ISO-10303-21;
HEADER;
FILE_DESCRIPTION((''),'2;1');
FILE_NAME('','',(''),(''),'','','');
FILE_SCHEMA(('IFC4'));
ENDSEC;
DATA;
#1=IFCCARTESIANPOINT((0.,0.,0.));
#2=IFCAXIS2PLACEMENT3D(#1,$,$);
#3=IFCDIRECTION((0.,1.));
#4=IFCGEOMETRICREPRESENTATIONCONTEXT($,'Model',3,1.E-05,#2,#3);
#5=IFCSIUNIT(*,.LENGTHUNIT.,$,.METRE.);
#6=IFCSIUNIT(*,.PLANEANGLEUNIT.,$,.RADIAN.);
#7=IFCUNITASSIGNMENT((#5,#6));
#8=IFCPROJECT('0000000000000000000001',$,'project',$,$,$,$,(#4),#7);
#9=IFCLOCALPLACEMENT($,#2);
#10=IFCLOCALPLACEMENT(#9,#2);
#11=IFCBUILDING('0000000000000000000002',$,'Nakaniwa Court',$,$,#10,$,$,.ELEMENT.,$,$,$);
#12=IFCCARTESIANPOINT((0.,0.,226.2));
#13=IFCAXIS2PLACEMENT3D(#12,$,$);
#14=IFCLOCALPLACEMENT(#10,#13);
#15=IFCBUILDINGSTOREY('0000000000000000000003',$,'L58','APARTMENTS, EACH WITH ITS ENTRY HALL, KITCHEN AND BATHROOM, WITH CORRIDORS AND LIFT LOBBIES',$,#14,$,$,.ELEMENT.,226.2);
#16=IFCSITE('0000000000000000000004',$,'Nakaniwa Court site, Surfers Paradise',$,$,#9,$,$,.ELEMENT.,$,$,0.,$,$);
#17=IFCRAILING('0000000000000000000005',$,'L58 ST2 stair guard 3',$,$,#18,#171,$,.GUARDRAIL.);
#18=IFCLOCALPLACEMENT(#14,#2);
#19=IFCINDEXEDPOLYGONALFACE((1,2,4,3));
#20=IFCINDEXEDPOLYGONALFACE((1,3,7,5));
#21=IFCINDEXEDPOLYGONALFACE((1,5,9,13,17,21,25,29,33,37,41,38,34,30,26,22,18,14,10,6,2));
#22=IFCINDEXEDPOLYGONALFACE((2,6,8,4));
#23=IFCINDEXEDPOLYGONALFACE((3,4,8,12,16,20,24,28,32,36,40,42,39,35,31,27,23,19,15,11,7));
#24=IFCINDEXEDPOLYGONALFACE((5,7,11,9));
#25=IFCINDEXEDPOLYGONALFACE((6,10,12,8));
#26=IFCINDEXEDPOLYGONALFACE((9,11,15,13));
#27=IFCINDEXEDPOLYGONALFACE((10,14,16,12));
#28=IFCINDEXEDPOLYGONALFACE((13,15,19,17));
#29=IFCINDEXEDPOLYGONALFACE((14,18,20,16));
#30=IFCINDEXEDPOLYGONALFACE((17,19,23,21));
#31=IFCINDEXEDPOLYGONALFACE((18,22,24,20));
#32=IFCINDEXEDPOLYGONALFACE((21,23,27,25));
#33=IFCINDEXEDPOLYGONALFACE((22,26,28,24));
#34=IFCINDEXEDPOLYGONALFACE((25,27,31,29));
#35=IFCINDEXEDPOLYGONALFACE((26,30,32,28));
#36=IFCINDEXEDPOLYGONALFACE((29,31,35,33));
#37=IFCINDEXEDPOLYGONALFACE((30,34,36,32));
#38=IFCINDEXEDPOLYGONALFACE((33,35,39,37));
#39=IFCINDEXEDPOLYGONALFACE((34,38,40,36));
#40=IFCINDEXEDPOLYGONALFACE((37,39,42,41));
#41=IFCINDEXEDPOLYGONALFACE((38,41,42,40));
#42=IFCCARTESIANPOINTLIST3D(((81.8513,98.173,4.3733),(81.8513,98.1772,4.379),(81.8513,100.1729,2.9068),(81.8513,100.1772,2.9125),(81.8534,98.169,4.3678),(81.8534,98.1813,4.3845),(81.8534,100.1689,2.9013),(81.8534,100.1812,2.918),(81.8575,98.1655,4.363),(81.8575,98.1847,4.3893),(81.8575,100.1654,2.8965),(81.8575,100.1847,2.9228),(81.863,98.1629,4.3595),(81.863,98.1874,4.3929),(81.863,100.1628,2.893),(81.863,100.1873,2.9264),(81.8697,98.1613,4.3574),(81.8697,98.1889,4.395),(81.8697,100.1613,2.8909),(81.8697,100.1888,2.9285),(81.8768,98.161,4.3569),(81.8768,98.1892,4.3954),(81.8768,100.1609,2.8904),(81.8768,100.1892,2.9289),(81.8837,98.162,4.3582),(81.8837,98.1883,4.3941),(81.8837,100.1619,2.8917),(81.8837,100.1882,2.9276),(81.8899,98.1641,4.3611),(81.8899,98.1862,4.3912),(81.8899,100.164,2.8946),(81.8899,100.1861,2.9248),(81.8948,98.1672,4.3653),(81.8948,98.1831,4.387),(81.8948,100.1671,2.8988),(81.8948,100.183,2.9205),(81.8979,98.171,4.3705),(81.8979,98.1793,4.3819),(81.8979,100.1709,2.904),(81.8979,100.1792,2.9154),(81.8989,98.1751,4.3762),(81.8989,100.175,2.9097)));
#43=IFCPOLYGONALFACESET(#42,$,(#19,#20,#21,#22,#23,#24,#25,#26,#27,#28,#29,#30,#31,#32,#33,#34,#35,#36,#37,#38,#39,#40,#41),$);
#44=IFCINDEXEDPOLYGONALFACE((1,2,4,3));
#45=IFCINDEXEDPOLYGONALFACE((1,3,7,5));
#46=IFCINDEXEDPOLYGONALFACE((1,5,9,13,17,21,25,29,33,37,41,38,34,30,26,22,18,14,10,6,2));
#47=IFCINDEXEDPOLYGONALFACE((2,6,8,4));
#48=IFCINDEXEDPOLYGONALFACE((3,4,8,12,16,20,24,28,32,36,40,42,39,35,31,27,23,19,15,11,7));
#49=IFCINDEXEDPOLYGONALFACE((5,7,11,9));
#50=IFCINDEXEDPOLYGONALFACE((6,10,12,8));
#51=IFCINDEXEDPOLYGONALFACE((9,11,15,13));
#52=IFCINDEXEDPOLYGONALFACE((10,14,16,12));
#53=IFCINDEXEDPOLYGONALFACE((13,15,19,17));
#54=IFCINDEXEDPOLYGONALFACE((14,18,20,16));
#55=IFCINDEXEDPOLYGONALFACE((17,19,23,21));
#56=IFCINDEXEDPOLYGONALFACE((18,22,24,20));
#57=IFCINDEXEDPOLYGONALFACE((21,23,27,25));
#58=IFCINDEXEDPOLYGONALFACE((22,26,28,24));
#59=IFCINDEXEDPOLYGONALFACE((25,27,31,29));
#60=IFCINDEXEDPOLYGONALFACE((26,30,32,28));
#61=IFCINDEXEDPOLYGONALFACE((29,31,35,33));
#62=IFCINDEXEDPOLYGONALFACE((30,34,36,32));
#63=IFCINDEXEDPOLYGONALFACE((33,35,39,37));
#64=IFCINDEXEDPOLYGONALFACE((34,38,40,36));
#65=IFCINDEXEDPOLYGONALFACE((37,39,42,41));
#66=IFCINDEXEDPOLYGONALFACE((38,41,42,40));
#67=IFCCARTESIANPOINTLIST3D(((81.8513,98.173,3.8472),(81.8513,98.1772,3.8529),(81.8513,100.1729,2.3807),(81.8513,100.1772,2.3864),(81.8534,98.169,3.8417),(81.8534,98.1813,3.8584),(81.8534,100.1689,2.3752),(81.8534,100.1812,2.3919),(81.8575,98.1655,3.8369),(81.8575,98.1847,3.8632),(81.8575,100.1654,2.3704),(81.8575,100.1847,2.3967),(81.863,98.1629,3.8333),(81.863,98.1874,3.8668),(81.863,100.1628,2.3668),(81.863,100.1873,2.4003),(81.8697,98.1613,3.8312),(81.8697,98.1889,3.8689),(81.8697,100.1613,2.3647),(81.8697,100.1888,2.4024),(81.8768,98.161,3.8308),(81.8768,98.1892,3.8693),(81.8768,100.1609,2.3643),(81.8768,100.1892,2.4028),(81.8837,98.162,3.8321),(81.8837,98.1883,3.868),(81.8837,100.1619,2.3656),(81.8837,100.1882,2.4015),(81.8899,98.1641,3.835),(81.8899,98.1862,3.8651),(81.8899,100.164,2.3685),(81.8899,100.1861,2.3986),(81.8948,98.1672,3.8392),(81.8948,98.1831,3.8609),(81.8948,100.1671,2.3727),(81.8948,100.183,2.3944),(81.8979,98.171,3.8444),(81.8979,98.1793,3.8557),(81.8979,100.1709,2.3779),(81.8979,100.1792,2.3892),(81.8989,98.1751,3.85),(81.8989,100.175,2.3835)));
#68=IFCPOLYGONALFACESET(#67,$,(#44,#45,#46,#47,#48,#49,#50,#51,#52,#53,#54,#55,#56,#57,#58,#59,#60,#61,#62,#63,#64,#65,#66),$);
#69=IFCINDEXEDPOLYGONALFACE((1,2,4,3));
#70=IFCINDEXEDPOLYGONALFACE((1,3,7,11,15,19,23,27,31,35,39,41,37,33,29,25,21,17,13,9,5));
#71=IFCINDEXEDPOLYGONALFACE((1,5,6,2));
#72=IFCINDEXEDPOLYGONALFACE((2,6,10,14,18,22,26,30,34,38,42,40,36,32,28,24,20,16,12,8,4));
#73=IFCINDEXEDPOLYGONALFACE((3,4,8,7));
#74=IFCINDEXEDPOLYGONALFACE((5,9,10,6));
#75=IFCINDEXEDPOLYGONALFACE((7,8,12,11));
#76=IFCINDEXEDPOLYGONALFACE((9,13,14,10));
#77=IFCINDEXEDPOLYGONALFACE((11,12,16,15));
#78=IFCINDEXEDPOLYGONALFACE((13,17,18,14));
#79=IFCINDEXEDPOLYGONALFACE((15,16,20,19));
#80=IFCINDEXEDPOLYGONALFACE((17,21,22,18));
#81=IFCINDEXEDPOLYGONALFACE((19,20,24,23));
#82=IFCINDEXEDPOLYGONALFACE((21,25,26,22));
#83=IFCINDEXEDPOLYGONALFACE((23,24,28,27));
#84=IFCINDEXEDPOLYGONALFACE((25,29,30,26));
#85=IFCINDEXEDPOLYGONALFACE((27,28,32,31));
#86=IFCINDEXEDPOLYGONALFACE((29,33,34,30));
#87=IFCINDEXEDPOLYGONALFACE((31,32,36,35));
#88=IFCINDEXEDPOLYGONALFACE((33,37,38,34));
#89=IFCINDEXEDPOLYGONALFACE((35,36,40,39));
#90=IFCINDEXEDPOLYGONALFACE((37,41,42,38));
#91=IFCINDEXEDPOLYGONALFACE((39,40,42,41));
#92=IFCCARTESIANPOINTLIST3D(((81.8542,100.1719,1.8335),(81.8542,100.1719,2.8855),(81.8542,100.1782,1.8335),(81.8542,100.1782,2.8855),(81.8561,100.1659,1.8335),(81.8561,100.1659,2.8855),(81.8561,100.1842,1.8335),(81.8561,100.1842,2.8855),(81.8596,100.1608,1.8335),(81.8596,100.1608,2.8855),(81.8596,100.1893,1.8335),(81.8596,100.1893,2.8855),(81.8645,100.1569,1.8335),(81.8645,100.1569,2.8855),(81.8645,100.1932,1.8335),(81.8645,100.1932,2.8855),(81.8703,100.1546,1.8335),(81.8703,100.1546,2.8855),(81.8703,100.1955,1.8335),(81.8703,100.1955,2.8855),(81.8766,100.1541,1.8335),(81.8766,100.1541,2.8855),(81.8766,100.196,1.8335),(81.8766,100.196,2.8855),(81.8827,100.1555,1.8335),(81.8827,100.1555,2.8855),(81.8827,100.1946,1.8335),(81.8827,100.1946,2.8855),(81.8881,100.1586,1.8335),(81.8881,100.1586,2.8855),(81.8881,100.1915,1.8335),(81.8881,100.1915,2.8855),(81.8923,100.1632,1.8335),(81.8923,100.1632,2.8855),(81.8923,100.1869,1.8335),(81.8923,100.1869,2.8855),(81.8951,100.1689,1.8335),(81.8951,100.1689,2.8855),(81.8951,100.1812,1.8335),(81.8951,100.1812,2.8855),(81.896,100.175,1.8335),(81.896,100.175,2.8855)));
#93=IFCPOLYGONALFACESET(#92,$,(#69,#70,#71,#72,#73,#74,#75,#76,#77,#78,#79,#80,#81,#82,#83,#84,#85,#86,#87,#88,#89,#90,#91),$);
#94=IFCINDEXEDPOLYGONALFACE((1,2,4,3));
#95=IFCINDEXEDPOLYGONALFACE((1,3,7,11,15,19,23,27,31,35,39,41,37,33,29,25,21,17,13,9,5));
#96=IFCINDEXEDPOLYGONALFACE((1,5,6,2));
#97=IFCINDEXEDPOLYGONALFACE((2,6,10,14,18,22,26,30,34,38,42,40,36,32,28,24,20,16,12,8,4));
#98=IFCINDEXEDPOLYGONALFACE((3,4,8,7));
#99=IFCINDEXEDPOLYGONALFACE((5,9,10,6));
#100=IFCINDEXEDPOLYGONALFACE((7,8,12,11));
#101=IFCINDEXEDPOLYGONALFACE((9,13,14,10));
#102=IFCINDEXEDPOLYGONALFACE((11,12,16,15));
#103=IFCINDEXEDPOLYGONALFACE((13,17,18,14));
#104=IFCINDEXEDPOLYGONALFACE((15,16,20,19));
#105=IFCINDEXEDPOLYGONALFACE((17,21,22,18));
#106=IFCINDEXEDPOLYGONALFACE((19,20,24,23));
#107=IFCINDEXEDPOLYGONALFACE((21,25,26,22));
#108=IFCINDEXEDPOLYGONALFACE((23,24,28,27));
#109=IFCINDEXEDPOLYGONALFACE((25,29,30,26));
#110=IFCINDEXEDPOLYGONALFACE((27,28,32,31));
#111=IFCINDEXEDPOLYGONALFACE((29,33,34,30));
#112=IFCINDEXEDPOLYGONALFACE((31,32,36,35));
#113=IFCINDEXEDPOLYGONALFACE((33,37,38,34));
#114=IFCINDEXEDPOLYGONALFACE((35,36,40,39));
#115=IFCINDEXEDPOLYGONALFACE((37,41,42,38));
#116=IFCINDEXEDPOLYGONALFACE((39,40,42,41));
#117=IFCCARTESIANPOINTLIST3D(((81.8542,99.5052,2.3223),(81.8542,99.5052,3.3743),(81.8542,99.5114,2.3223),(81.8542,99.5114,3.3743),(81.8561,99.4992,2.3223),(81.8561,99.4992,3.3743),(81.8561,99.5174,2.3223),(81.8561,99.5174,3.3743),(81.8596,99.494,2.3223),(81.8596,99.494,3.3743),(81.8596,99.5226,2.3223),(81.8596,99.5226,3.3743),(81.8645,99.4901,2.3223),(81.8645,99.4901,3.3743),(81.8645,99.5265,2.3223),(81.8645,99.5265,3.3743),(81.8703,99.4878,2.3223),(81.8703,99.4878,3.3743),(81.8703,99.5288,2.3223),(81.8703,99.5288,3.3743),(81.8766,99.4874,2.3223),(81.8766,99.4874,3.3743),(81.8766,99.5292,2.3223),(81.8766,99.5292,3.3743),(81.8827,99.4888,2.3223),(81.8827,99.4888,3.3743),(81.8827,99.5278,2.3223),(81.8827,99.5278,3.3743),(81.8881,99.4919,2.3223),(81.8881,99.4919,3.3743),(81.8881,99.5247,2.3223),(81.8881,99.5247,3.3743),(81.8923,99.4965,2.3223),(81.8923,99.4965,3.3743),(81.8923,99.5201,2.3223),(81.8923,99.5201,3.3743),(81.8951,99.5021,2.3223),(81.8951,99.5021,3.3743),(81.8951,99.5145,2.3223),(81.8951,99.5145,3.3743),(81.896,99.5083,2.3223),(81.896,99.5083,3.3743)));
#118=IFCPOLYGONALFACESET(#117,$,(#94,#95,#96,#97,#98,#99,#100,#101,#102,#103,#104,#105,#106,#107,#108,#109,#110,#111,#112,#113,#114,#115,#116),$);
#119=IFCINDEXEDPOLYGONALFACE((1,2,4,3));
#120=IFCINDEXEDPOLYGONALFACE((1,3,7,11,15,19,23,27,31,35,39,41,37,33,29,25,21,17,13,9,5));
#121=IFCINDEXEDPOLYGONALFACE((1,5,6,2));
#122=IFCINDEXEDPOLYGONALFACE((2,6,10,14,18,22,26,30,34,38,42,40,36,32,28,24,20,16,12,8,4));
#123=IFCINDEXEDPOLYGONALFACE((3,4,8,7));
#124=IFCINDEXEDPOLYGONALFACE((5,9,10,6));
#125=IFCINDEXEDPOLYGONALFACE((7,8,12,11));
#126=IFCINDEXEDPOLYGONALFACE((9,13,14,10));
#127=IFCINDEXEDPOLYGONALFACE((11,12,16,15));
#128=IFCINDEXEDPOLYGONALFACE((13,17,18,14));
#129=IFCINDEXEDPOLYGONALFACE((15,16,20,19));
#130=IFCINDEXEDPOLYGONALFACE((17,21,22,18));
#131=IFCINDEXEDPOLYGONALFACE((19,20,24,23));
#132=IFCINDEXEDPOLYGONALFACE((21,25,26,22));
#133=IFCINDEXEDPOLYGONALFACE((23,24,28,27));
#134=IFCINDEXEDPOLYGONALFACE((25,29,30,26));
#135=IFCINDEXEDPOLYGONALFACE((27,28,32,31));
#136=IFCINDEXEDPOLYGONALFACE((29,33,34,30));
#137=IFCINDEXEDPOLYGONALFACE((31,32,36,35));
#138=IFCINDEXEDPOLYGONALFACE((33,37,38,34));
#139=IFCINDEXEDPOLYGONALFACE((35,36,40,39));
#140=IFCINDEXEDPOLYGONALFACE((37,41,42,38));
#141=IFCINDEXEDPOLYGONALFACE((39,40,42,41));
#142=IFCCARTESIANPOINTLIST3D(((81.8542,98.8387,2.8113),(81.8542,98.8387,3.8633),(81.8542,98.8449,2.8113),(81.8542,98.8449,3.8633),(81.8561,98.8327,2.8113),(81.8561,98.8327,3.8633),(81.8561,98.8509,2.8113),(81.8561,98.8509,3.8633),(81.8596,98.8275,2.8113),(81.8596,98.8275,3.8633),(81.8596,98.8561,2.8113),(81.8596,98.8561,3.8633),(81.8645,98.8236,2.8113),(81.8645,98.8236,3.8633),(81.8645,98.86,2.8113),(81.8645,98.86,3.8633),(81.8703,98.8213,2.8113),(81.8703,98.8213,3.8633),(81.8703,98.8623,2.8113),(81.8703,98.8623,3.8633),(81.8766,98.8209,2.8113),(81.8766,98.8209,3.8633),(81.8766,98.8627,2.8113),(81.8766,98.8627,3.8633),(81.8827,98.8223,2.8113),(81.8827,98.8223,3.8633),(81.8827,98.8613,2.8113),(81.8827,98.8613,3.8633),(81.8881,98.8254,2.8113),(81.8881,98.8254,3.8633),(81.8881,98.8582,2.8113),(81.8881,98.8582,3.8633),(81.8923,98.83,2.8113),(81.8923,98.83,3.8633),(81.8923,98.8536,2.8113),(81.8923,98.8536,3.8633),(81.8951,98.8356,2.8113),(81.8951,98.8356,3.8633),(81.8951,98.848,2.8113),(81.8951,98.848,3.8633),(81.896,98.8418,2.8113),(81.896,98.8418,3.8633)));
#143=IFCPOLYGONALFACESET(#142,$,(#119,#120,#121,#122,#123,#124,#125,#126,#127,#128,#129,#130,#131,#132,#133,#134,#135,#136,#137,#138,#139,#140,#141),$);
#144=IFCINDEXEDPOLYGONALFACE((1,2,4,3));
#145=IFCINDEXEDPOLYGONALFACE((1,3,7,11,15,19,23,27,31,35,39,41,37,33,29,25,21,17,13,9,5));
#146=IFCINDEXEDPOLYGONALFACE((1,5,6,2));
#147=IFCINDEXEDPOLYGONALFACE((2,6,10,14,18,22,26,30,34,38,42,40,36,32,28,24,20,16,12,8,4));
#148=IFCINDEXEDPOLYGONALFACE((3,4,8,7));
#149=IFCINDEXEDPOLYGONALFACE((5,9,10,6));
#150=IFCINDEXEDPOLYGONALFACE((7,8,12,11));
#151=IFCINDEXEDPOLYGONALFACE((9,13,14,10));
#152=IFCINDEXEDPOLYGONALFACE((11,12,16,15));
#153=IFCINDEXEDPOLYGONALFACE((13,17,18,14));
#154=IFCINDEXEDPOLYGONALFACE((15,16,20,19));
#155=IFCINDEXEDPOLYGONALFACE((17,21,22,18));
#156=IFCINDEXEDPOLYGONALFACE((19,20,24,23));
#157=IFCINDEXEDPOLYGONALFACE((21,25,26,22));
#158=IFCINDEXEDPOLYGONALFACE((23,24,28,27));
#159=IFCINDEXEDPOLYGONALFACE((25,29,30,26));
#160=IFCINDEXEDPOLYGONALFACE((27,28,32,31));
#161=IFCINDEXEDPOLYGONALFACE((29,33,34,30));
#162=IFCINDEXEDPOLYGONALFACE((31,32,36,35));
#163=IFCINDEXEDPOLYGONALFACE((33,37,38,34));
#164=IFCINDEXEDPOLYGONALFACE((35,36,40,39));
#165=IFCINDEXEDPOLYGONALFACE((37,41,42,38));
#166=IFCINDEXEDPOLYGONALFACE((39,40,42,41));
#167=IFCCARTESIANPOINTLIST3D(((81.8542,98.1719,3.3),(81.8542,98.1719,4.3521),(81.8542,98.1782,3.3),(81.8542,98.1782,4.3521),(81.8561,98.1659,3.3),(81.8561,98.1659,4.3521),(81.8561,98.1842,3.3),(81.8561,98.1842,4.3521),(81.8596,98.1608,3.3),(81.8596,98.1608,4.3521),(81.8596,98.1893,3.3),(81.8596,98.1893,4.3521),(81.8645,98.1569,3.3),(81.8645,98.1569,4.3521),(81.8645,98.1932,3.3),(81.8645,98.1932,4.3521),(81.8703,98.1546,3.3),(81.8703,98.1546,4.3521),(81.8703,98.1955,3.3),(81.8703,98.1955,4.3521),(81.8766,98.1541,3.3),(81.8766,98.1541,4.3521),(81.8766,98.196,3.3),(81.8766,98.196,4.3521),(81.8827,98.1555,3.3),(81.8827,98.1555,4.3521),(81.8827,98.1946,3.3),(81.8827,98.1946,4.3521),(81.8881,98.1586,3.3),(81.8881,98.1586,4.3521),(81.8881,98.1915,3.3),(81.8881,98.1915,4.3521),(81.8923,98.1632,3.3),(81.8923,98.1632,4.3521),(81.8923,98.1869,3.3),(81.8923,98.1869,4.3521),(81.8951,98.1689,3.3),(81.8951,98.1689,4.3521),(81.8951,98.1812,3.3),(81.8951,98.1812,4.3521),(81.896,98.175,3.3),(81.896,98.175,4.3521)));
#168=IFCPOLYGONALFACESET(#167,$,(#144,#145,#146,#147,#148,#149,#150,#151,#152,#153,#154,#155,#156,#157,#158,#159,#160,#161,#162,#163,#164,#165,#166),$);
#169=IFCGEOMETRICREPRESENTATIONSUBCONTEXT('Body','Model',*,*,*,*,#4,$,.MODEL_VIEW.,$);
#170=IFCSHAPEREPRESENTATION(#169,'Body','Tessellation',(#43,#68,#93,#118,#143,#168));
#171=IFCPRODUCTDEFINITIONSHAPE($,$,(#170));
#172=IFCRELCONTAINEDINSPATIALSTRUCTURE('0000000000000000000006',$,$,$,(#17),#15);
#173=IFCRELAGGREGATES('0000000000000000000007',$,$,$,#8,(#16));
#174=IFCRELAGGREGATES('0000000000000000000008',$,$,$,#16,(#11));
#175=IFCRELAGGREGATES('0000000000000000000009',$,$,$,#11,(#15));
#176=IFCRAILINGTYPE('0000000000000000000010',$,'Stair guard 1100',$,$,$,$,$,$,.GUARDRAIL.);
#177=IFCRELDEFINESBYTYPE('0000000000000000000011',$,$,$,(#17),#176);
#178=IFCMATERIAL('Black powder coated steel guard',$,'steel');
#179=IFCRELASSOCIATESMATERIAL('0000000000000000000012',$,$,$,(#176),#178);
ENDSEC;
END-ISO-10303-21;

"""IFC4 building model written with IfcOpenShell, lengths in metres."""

from ifc_helpers import new_model, si_unit, direction, frame, origin, origin_2d, place, context, subcontext, project, spatial, circle, extrude, material, type_object, element, save


model = new_model("IFC4")

# Units and contexts
model_context = context("Model", 3, precision=1e-05, world=origin(), true_north=direction((0.0, 1.0)))
body_context = subcontext(model_context, "Body", "Model", "MODEL_VIEW")
ifc_project = project(units=[si_unit("LENGTHUNIT", "METRE"), si_unit("PLANEANGLEUNIT", "RADIAN")], contexts=[model_context])

# Site, building, storey
site_placement = place(None, origin())
site = spatial("IfcSite", under=ifc_project, at=site_placement, Name="Nakaniwa Court site, Surfers Paradise", CompositionType="ELEMENT", RefElevation=0.0)
building_placement = place(site_placement, origin())
building = spatial("IfcBuilding", under=site, at=building_placement, Name="Nakaniwa Court", CompositionType="ELEMENT")
storey_placement = place(building_placement, frame((0.0, 0.0, 226.2)))
storey = spatial("IfcBuildingStorey", under=building, at=storey_placement, Name="L58", Description="APARTMENTS, EACH WITH ITS ENTRY HALL, KITCHEN AND BATHROOM, WITH CORRIDORS AND LIFT LOBBIES", CompositionType="ELEMENT", Elevation=226.2)

# Railing
ifc_material_1 = material(Name="Black powder coated steel guard", Category="steel")
railing_type_1 = type_object("IfcRailingType", Name="Stair guard 1100", PredefinedType="GUARDRAIL", material=ifc_material_1)
railing_1_placement = place(storey_placement, frame((81.875, 100.175, 1.8335)))
element("IfcRailing", 1, at=railing_1_placement, inside=storey, type_object=railing_type_1, Name="L58 ST2 stair guard 3", PredefinedType="GUARDRAIL", context=body_context, shape_type="SweptSolid", body=[
    extrude(circle(Radius=0.0239, at=origin_2d()), frame((0.0, 0.0, 1.0762), z_axis=(0.0, -0.806427, 0.591334), x_axis=(1.0, 0.0, 0.0)), (0.0, 0.0, 1.0), 2.48),
    extrude(circle(Radius=0.0239, at=origin_2d()), frame((0.0, 0.0, 0.55), z_axis=(0.0, -0.806427, 0.591334), x_axis=(1.0, 0.0, 0.0)), (0.0, 0.0, 1.0), 2.48),
    extrude(circle(Radius=0.021, at=origin_2d()), origin(), (0.0, 0.0, 1.0), 1.052),
    extrude(circle(Radius=0.021, at=origin_2d()), frame((0.0, -0.6667, 0.4888)), (0.0, 0.0, 1.0), 1.052),
    extrude(circle(Radius=0.021, at=origin_2d()), frame((0.0, -1.3333, 0.9778)), (0.0, 0.0, 1.0), 1.052),
    extrude(circle(Radius=0.021, at=origin_2d()), frame((0.0, -2.0, 1.4666)), (0.0, 0.0, 1.0), 1.052),
])

save(model, "model.ifc")
